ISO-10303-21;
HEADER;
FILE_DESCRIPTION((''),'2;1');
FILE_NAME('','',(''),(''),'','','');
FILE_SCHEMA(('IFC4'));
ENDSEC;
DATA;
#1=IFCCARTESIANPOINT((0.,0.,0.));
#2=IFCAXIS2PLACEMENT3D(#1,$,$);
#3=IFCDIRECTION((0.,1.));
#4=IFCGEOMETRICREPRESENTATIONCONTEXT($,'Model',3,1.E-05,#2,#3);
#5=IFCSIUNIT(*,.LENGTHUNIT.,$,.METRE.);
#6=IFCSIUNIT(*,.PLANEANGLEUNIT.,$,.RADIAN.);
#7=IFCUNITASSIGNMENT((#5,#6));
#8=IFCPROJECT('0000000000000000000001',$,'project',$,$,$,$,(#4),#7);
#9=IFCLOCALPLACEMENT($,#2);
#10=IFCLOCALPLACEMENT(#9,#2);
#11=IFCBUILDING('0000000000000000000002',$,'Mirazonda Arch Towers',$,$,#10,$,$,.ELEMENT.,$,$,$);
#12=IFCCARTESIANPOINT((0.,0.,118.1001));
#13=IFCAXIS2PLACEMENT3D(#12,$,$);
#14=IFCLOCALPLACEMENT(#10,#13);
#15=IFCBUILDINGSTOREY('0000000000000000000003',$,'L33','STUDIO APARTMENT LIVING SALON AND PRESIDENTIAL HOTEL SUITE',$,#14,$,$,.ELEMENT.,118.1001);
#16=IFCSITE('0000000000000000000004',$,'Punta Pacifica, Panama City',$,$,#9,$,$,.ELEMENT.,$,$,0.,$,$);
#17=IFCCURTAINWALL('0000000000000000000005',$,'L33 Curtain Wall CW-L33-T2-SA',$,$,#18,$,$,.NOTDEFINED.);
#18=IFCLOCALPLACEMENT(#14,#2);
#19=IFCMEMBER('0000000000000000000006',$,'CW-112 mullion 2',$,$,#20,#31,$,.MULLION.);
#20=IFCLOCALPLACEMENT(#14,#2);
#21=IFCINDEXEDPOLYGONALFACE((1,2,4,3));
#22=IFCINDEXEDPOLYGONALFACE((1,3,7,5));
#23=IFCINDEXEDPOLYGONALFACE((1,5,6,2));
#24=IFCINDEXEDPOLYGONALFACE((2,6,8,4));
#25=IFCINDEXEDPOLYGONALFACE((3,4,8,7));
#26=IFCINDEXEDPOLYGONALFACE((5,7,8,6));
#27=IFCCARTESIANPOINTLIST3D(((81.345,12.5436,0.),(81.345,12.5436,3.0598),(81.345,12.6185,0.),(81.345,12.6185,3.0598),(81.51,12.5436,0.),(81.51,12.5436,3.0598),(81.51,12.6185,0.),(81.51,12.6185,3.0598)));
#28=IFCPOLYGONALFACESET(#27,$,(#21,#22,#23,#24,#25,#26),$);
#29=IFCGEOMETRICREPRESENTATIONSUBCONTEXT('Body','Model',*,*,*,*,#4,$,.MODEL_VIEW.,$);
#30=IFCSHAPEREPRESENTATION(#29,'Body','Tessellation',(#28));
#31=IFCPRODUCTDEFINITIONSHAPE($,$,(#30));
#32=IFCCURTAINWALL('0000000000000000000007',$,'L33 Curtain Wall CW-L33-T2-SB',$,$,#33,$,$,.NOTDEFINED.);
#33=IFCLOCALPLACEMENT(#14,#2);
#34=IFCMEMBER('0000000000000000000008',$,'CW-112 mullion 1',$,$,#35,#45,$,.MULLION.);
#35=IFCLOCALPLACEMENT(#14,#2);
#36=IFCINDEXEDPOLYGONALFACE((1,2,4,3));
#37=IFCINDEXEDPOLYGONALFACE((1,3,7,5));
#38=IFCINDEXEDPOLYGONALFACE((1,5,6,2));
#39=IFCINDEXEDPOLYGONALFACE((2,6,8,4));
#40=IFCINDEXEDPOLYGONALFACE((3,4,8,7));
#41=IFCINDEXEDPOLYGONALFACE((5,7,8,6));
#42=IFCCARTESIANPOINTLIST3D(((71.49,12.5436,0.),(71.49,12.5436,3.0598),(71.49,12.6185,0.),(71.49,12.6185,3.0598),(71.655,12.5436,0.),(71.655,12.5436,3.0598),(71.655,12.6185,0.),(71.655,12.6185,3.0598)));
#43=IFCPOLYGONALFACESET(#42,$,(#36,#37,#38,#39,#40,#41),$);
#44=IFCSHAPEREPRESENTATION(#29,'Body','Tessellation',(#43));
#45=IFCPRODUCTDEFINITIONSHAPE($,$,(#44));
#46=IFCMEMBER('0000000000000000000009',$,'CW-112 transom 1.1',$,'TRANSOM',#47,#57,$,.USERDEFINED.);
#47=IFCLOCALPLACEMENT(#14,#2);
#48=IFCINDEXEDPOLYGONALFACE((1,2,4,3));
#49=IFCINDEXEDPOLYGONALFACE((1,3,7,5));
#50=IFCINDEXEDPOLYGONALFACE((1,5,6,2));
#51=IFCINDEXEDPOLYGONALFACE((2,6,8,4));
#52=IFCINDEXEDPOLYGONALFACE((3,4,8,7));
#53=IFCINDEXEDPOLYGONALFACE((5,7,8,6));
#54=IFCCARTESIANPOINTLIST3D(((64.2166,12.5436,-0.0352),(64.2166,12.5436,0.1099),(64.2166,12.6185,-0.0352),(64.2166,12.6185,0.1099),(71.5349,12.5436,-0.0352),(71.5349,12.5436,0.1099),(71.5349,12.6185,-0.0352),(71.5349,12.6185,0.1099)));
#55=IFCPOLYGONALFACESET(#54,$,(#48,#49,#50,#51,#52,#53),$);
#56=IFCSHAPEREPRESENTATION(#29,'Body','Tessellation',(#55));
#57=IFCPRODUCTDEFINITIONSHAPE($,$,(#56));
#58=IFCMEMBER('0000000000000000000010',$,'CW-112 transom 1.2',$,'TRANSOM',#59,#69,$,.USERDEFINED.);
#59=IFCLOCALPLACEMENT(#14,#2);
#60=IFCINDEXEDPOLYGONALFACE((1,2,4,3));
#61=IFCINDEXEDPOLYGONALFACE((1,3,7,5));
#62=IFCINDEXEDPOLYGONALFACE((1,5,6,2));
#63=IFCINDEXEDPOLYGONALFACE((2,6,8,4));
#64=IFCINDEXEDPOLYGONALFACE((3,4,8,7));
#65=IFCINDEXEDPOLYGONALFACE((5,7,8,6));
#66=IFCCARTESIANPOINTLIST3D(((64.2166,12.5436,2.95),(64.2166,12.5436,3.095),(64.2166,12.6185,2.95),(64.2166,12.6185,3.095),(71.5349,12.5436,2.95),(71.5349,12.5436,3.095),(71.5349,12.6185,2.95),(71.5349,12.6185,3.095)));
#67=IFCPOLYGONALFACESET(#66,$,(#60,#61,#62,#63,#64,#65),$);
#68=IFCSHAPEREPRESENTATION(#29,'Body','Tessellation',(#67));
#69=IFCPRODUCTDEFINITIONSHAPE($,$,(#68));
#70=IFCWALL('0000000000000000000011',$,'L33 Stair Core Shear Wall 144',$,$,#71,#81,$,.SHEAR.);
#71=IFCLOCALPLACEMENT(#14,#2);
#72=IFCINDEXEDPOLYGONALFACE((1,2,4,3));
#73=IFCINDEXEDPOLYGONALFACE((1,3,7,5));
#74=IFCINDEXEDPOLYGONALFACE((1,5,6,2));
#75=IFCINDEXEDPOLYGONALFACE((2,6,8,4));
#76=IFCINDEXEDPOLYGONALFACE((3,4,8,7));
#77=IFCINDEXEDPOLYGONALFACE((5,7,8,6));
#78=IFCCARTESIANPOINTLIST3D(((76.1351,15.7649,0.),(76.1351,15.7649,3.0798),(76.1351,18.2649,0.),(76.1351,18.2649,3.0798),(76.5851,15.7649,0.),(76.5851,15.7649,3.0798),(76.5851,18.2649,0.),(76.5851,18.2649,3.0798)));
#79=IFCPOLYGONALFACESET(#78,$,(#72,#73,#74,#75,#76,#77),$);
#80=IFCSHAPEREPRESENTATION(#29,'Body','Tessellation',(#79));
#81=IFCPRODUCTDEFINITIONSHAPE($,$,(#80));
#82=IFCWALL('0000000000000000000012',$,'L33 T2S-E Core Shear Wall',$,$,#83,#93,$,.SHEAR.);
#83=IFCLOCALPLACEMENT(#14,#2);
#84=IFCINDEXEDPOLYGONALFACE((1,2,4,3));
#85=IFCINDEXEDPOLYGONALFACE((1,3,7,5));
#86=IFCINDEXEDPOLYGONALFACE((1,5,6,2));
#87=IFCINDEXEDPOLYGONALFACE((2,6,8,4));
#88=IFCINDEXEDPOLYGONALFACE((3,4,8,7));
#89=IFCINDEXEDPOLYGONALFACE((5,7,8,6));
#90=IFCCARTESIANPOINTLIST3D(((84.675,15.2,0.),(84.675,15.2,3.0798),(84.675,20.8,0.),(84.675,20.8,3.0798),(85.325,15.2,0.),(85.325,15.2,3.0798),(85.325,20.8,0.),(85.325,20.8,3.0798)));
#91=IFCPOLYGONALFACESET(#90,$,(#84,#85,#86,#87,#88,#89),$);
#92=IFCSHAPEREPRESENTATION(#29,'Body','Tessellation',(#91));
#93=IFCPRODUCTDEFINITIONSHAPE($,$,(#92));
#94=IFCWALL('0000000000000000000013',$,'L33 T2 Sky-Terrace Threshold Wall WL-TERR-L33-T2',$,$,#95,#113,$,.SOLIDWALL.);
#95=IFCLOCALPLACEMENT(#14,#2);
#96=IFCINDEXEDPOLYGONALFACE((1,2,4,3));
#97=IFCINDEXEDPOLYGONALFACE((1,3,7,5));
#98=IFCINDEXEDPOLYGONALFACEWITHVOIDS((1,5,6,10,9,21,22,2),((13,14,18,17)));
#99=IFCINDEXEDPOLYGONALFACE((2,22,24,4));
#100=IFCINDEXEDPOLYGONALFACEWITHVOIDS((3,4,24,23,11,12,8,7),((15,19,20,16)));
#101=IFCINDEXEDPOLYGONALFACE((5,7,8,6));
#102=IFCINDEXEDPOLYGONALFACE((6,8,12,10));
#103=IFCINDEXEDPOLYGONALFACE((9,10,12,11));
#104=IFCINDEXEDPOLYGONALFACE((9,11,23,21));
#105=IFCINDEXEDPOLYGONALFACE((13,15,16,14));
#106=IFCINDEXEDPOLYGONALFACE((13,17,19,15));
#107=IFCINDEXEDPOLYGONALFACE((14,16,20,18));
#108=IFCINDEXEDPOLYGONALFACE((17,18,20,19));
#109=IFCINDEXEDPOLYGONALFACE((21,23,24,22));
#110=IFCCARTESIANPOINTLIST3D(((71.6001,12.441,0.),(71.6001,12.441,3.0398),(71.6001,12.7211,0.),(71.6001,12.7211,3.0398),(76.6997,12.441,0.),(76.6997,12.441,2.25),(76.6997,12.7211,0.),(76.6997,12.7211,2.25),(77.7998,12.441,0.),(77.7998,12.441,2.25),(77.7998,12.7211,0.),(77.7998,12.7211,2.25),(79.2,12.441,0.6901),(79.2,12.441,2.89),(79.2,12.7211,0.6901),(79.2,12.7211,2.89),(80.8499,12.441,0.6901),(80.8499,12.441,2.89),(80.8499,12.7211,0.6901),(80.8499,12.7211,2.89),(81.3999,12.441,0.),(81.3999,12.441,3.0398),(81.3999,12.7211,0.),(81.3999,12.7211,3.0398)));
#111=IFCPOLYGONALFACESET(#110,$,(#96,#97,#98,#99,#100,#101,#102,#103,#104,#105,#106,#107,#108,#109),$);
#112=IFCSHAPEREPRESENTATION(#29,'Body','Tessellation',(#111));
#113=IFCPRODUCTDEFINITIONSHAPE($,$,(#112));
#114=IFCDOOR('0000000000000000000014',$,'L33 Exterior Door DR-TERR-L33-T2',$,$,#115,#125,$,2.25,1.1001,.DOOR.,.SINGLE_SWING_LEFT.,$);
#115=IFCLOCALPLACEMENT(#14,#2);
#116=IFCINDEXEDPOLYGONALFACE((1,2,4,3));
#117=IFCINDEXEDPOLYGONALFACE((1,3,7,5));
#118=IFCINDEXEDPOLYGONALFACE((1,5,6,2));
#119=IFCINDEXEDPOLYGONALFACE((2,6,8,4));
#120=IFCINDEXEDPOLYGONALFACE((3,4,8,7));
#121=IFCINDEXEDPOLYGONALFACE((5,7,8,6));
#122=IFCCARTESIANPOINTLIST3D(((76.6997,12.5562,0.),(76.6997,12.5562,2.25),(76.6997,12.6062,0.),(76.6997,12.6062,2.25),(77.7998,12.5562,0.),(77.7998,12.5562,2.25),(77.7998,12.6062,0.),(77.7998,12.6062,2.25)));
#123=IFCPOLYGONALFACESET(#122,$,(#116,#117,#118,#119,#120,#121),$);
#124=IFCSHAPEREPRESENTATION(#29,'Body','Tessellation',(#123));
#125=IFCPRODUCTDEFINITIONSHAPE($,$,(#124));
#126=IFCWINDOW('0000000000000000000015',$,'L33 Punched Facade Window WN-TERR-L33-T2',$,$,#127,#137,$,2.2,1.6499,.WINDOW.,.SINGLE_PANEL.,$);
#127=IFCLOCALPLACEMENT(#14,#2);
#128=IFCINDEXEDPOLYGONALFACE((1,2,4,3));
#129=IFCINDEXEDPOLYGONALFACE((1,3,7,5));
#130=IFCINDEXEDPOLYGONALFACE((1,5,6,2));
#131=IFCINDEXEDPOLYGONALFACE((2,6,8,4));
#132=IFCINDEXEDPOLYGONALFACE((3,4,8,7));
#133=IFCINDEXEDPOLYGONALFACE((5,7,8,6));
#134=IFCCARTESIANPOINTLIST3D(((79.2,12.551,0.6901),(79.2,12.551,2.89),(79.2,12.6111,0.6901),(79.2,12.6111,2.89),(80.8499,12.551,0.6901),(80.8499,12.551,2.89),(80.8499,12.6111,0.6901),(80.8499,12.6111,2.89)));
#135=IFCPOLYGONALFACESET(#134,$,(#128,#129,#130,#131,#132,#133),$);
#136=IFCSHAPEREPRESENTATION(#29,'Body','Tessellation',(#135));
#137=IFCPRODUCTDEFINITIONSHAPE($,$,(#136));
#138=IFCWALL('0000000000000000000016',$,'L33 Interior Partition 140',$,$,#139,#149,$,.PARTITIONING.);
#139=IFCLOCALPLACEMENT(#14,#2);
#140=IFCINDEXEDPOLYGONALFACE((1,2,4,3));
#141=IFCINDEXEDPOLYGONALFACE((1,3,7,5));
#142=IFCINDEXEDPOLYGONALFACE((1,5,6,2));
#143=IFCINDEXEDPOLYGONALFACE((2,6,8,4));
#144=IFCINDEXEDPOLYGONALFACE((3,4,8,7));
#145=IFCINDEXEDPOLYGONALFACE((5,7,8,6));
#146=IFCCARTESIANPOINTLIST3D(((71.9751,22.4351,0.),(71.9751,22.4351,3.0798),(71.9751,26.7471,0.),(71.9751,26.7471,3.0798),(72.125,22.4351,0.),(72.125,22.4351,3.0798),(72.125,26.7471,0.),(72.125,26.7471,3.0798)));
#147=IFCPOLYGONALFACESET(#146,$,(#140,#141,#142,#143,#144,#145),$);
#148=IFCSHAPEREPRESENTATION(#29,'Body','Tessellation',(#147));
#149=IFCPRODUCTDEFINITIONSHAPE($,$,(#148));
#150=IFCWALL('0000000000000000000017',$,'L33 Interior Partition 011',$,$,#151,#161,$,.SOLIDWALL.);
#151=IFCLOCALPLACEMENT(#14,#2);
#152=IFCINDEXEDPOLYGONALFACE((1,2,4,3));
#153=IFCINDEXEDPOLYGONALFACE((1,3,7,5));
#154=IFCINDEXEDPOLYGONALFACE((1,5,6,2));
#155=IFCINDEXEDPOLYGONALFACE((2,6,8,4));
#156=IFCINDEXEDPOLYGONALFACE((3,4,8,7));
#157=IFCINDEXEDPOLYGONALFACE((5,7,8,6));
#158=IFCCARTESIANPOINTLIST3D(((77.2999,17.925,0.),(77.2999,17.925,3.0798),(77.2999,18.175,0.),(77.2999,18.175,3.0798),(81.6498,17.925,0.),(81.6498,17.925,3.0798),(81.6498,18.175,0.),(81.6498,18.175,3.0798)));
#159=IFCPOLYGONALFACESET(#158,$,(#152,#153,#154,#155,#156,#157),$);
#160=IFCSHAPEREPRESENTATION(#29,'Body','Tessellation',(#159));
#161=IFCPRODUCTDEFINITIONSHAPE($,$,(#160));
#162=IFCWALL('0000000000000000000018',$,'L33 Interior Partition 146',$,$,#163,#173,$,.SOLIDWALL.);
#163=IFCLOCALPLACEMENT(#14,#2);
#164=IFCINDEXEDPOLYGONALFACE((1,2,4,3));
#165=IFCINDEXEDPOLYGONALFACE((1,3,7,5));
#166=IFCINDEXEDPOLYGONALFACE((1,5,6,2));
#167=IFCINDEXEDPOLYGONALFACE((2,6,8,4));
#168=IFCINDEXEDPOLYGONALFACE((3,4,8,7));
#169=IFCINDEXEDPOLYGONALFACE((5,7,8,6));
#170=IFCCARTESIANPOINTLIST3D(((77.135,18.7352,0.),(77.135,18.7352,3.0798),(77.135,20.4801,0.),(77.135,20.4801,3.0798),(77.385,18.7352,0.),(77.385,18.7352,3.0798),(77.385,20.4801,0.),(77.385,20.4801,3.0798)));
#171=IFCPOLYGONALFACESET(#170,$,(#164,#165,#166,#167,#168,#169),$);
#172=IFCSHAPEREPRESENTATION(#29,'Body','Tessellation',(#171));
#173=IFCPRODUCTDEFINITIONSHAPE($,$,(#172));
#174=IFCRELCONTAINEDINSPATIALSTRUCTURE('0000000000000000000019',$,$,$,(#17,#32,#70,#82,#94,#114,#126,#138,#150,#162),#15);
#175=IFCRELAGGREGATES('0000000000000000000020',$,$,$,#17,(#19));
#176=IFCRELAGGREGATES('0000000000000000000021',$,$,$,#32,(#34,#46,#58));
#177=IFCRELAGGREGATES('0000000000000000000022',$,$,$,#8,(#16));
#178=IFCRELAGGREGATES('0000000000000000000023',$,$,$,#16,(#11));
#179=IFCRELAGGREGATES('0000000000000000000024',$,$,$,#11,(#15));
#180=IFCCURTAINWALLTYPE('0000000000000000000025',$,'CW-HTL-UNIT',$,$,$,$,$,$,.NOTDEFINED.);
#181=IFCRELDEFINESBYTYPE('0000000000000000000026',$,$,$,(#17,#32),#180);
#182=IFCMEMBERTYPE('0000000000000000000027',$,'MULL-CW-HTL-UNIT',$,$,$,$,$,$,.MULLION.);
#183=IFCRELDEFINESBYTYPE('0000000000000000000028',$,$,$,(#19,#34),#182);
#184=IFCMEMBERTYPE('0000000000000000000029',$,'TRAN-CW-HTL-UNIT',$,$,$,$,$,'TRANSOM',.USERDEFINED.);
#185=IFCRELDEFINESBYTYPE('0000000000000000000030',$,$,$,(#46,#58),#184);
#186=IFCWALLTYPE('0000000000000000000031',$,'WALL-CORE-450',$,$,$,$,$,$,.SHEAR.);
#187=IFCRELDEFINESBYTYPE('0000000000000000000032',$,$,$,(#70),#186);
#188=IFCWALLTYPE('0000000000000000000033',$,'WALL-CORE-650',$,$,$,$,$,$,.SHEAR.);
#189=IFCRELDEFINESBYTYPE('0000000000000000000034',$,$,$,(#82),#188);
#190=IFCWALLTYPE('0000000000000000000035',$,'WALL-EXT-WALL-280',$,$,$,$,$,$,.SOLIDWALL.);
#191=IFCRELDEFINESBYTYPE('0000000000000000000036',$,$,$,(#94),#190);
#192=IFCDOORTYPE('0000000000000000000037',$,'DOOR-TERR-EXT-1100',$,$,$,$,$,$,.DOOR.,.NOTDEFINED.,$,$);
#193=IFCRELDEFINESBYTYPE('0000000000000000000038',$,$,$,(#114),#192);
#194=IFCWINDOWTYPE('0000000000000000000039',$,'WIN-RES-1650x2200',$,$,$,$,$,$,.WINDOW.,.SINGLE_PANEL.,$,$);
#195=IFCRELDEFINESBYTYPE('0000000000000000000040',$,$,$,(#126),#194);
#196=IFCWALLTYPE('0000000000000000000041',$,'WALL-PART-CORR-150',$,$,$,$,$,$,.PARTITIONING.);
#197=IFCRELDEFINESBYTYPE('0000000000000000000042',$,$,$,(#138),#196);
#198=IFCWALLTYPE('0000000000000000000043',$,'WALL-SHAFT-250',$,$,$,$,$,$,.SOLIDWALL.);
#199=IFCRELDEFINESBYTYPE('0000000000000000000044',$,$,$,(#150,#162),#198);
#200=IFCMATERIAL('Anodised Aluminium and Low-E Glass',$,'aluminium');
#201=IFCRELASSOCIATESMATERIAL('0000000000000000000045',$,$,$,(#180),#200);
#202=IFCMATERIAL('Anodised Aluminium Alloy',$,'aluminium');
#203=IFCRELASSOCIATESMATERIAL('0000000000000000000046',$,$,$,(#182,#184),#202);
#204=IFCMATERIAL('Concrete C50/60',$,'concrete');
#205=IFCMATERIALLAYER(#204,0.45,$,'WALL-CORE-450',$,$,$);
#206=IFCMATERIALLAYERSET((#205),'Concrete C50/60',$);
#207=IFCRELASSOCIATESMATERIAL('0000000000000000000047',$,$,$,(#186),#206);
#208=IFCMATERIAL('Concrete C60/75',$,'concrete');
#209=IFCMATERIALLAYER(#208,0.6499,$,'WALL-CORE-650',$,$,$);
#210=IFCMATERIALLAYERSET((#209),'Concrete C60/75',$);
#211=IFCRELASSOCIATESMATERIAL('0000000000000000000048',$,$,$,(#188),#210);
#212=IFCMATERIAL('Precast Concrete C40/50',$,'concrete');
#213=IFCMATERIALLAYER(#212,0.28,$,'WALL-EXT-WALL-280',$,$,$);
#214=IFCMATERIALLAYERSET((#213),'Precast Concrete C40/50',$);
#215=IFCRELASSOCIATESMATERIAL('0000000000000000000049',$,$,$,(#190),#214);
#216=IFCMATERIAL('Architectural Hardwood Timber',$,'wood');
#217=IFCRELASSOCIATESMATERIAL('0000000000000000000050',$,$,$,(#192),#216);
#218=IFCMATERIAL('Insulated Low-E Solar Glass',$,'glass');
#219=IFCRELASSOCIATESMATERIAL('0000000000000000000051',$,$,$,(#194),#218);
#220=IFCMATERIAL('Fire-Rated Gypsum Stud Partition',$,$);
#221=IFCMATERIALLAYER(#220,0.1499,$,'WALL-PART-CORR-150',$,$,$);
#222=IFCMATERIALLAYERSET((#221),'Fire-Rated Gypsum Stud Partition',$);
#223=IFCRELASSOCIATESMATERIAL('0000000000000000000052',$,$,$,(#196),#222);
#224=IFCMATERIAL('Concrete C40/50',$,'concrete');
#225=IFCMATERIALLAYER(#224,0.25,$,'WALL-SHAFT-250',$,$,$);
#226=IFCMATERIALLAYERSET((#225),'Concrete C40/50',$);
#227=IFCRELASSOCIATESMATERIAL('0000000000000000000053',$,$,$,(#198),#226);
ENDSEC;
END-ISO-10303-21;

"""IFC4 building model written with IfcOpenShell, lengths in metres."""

from ifc_helpers import new_model, si_unit, direction, frame, frame_2d, origin, origin_2d, place, context, subcontext, project, spatial, rectangle, extrude, material, layer, layer_set, material_profile, profile_set, type_object, element, fill, aggregate, save


model = new_model("IFC4")

# Units and contexts
model_context = context("Model", 3, precision=1e-05, world=origin(), true_north=direction((0.0, 1.0)))
body_context = subcontext(model_context, "Body", "Model", "MODEL_VIEW")
ifc_project = project(units=[si_unit("LENGTHUNIT", "METRE"), si_unit("PLANEANGLEUNIT", "RADIAN")], contexts=[model_context])

# Site, building, storey
site_placement = place(None, origin())
site = spatial("IfcSite", under=ifc_project, at=site_placement, Name="Punta Pacifica, Panama City", CompositionType="ELEMENT", RefElevation=0.0)
building_placement = place(site_placement, origin())
building = spatial("IfcBuilding", under=site, at=building_placement, Name="Mirazonda Arch Towers", CompositionType="ELEMENT")
storey_placement = place(building_placement, frame((0.0, 0.0, 118.1001)))
storey = spatial("IfcBuildingStorey", under=building, at=storey_placement, Name="L33", Description="STUDIO APARTMENT LIVING SALON AND PRESIDENTIAL HOTEL SUITE", CompositionType="ELEMENT", Elevation=118.1001)

# Shared definitions
ifc_material_1 = material(Name="Concrete C50/60", Category="concrete")

# Shared definitions
ifc_material_2 = material(Name="Concrete C60/75", Category="concrete")

# Curtain wall, member
ifc_material_3 = material(Name="Anodised Aluminium and Low-E Glass", Category="aluminium")
curtain_wall_type = type_object("IfcCurtainWallType", Name="CW-HTL-UNIT", PredefinedType="NOTDEFINED", material=ifc_material_3)
curtain_wall_1_placement = place(storey_placement, origin())
curtain_wall_1 = element("IfcCurtainWall", 1, at=curtain_wall_1_placement, inside=storey, type_object=curtain_wall_type, Name="L33 Curtain Wall CW-L33-T2-SA", PredefinedType="NOTDEFINED")
ifc_material_4 = material(Name="Anodised Aluminium Alloy", Category="aluminium")
ifc_material_profile_1 = material_profile(ifc_material_4, rectangle(XDim=0.075, YDim=0.165, at=origin_2d()), Name="ALU-MULL-75x165")
ifc_profile_set_1 = profile_set([ifc_material_profile_1], Name="Anodised Aluminium Alloy")
member_type_1 = type_object("IfcMemberType", Name="MULL-CW-HTL-UNIT", PredefinedType="MULLION", material=ifc_profile_set_1)
member_1_placement = place(storey_placement, frame((81.4275, 12.5811, 0.0), z_axis=(0.0, 0.0, 1.0), x_axis=(0.0, -1.0, 0.0)))
member_1 = element("IfcMember", 2, at=member_1_placement, type_object=member_type_1, Name="CW-112 mullion 2", PredefinedType="MULLION", context=body_context, shape_type="SweptSolid", body=[
    extrude(rectangle(XDim=0.075, YDim=0.165, at=origin_2d()), origin(), (0.0, 0.0, 1.0), 3.0598),
])
aggregate(curtain_wall_1, [member_1])

# Curtain wall, members
curtain_wall_2_placement = place(storey_placement, origin())
curtain_wall_2 = element("IfcCurtainWall", 3, at=curtain_wall_2_placement, inside=storey, type_object=curtain_wall_type, Name="L33 Curtain Wall CW-L33-T2-SB", PredefinedType="NOTDEFINED")
member_2_placement = place(storey_placement, frame((71.5725, 12.5811, 0.0), z_axis=(0.0, 0.0, 1.0), x_axis=(0.0, -1.0, 0.0)))
member_2 = element("IfcMember", 4, at=member_2_placement, type_object=member_type_1, Name="CW-112 mullion 1", PredefinedType="MULLION", context=body_context, shape_type="SweptSolid", body=[
    extrude(rectangle(XDim=0.075, YDim=0.165, at=origin_2d()), origin(), (0.0, 0.0, 1.0), 3.0598),
])
ifc_material_profile_2 = material_profile(ifc_material_4, rectangle(XDim=0.075, YDim=0.145, at=origin_2d()), Name="ALU-TRAN-75x145")
ifc_profile_set_2 = profile_set([ifc_material_profile_2], Name="Anodised Aluminium Alloy")
member_type_2 = type_object("IfcMemberType", Name="TRAN-CW-HTL-UNIT", ElementType="TRANSOM", PredefinedType="USERDEFINED", material=ifc_profile_set_2)
member_3_placement = place(storey_placement, frame((71.5349, 12.5811, 0.0374), z_axis=(-1.0, 0.0, 0.0), x_axis=(0.0, -1.0, 0.0)))
member_3 = element("IfcMember", 5, at=member_3_placement, type_object=member_type_2, Name="CW-112 transom 1.1", ObjectType="TRANSOM", PredefinedType="USERDEFINED", context=body_context, shape_type="SweptSolid", body=[
    extrude(rectangle(XDim=0.075, YDim=0.145, at=origin_2d()), origin(), (0.0, 0.0, 1.0), 7.3184),
])
member_4_placement = place(storey_placement, frame((71.5349, 12.5811, 3.0225), z_axis=(-1.0, 0.0, 0.0), x_axis=(0.0, -1.0, 0.0)))
member_4 = element("IfcMember", 6, at=member_4_placement, type_object=member_type_2, Name="CW-112 transom 1.2", ObjectType="TRANSOM", PredefinedType="USERDEFINED", context=body_context, shape_type="SweptSolid", body=[
    extrude(rectangle(XDim=0.075, YDim=0.145, at=origin_2d()), origin(), (0.0, 0.0, 1.0), 7.3184),
])
aggregate(curtain_wall_2, [member_2, member_3, member_4])

# Walls
ifc_layer_1 = layer(ifc_material_1, 0.45, Name="WALL-CORE-450")
ifc_layer_set_1 = layer_set([ifc_layer_1], Name="Concrete C50/60")
wall_type_1 = type_object("IfcWallType", Name="WALL-CORE-450", PredefinedType="SHEAR", material=ifc_layer_set_1)
wall_1_placement = place(storey_placement, frame((76.3601, 15.7649, 0.0), z_axis=(0.0, 0.0, 1.0), x_axis=(0.0, 1.0, 0.0)))
element("IfcWall", 7, at=wall_1_placement, inside=storey, type_object=wall_type_1, Name="L33 Stair Core Shear Wall 144", PredefinedType="SHEAR", context=body_context, shape_type="SweptSolid", body=[
    extrude(rectangle(XDim=2.5, YDim=0.45, at=frame_2d((1.25, 0.0))), origin(), (0.0, 0.0, 1.0), 3.0798),
])
ifc_layer_2 = layer(ifc_material_2, 0.6499, Name="WALL-CORE-650")
ifc_layer_set_2 = layer_set([ifc_layer_2], Name="Concrete C60/75")
wall_type_2 = type_object("IfcWallType", Name="WALL-CORE-650", PredefinedType="SHEAR", material=ifc_layer_set_2)
wall_2_placement = place(storey_placement, frame((85.0, 15.2, 0.0), z_axis=(0.0, 0.0, 1.0), x_axis=(0.0, 1.0, 0.0)))
element("IfcWall", 8, at=wall_2_placement, inside=storey, type_object=wall_type_2, Name="L33 T2S-E Core Shear Wall", PredefinedType="SHEAR", context=body_context, shape_type="SweptSolid", body=[
    extrude(rectangle(XDim=5.6001, YDim=0.6499, at=frame_2d((2.8, 0.0))), origin(), (0.0, 0.0, 1.0), 3.0798),
])

# Wall, openings, door, window
ifc_material_5 = material(Name="Precast Concrete C40/50", Category="concrete")
ifc_layer_3 = layer(ifc_material_5, 0.28, Name="WALL-EXT-WALL-280")
ifc_layer_set_3 = layer_set([ifc_layer_3], Name="Precast Concrete C40/50")
wall_type_3 = type_object("IfcWallType", Name="WALL-EXT-WALL-280", PredefinedType="SOLIDWALL", material=ifc_layer_set_3)
wall_3_placement = place(storey_placement, frame((81.3999, 12.5811, 0.0), z_axis=(0.0, 0.0, 1.0), x_axis=(-1.0, 0.0, 0.0)))
wall_3 = element("IfcWall", 9, at=wall_3_placement, inside=storey, type_object=wall_type_3, Name="L33 T2 Sky-Terrace Threshold Wall WL-TERR-L33-T2", PredefinedType="SOLIDWALL", context=body_context, shape_type="SweptSolid", body=[
    extrude(rectangle(XDim=9.7998, YDim=0.28, at=frame_2d((4.8999, 0.0))), origin(), (0.0, 0.0, 1.0), 3.0398),
])
opening_1_placement = place(wall_3_placement, frame((0.55, 0.0, 0.6899)))
opening_1 = element("IfcOpeningElement", 10, at=opening_1_placement, cuts=wall_3, PredefinedType="OPENING", context=body_context, shape_type="SweptSolid", body=[
    extrude(rectangle(XDim=1.6499, YDim=2.2, at=frame_2d((0.825, 1.1001))), frame((0.0, 0.1499, 0.0), z_axis=(0.0, -1.0, 0.0), x_axis=(1.0, 0.0, 0.0)), (0.0, 0.0, 1.0), 0.3),
])
opening_2_placement = place(wall_3_placement, frame((3.6001, 0.0, 0.0)))
opening_2 = element("IfcOpeningElement", 11, at=opening_2_placement, cuts=wall_3, PredefinedType="OPENING", context=body_context, shape_type="SweptSolid", body=[
    extrude(rectangle(XDim=1.1001, YDim=2.25, at=frame_2d((0.55, 1.125))), frame((0.0, 0.1499, 0.0), z_axis=(0.0, -1.0, 0.0), x_axis=(1.0, 0.0, 0.0)), (0.0, 0.0, 1.0), 0.3),
])
ifc_material_6 = material(Name="Architectural Hardwood Timber", Category="wood")
door_type = type_object("IfcDoorType", Name="DOOR-TERR-EXT-1100", OperationType="NOTDEFINED", PredefinedType="DOOR", material=ifc_material_6)
door_placement = place(opening_2_placement, origin())
door = element("IfcDoor", 12, at=door_placement, inside=storey, type_object=door_type, Name="L33 Exterior Door DR-TERR-L33-T2", OperationType="SINGLE_SWING_LEFT", OverallHeight=2.25, OverallWidth=1.1001, PredefinedType="DOOR", context=body_context, shape_type="SweptSolid", body=[
    extrude(rectangle(XDim=1.1001, YDim=2.25, at=frame_2d((0.55, 1.125))), frame((0.0, 0.0249, 0.0), z_axis=(0.0, -1.0, 0.0), x_axis=(1.0, 0.0, 0.0)), (0.0, 0.0, 1.0), 0.05),
])
fill(opening_2, door)
ifc_material_7 = material(Name="Insulated Low-E Solar Glass", Category="glass")
window_type = type_object("IfcWindowType", Name="WIN-RES-1650x2200", PartitioningType="SINGLE_PANEL", PredefinedType="WINDOW", material=ifc_material_7)
window_placement = place(opening_1_placement, origin())
window = element("IfcWindow", 13, at=window_placement, inside=storey, type_object=window_type, Name="L33 Punched Facade Window WN-TERR-L33-T2", OverallHeight=2.2, OverallWidth=1.6499, PartitioningType="SINGLE_PANEL", PredefinedType="WINDOW", context=body_context, shape_type="SweptSolid", body=[
    extrude(rectangle(XDim=1.6499, YDim=2.2, at=frame_2d((0.825, 1.1001))), frame((0.0, 0.03, 0.0), z_axis=(0.0, -1.0, 0.0), x_axis=(1.0, 0.0, 0.0)), (0.0, 0.0, 1.0), 0.0601),
])
fill(opening_1, window)

# Walls
ifc_material_8 = material(Name="Fire-Rated Gypsum Stud Partition")
ifc_layer_4 = layer(ifc_material_8, 0.1499, Name="WALL-PART-CORR-150")
ifc_layer_set_4 = layer_set([ifc_layer_4], Name="Fire-Rated Gypsum Stud Partition")
wall_type_4 = type_object("IfcWallType", Name="WALL-PART-CORR-150", PredefinedType="PARTITIONING", material=ifc_layer_set_4)
wall_4_placement = place(storey_placement, frame((72.05, 22.4351, 0.0), z_axis=(0.0, 0.0, 1.0), x_axis=(0.0, 1.0, 0.0)))
element("IfcWall", 14, at=wall_4_placement, inside=storey, type_object=wall_type_4, Name="L33 Interior Partition 140", PredefinedType="PARTITIONING", context=body_context, shape_type="SweptSolid", body=[
    extrude(rectangle(XDim=4.312, YDim=0.1499, at=frame_2d((2.156, 0.0))), origin(), (0.0, 0.0, 1.0), 3.0798),
])
ifc_material_9 = material(Name="Concrete C40/50", Category="concrete")
ifc_layer_5 = layer(ifc_material_9, 0.25, Name="WALL-SHAFT-250")
ifc_layer_set_5 = layer_set([ifc_layer_5], Name="Concrete C40/50")
wall_type_5 = type_object("IfcWallType", Name="WALL-SHAFT-250", PredefinedType="SOLIDWALL", material=ifc_layer_set_5)
wall_5_placement = place(storey_placement, frame((77.3, 18.05, 0.0), z_axis=(0.0, 0.0, 1.0), x_axis=(1.0, 0.0, 0.0)))
element("IfcWall", 15, at=wall_5_placement, inside=storey, type_object=wall_type_5, Name="L33 Interior Partition 011", PredefinedType="SOLIDWALL", context=body_context, shape_type="SweptSolid", body=[
    extrude(rectangle(XDim=4.3499, YDim=0.25, at=frame_2d((2.1748, 0.0))), origin(), (0.0, 0.0, 1.0), 3.0798),
])
wall_6_placement = place(storey_placement, frame((77.26, 18.7351, 0.0), z_axis=(0.0, 0.0, 1.0), x_axis=(0.0, 1.0, 0.0)))
element("IfcWall", 16, at=wall_6_placement, inside=storey, type_object=wall_type_5, Name="L33 Interior Partition 146", PredefinedType="SOLIDWALL", context=body_context, shape_type="SweptSolid", body=[
    extrude(rectangle(XDim=1.7449, YDim=0.25, at=frame_2d((0.8726, 0.0))), origin(), (0.0, 0.0, 1.0), 3.0798),
])

save(model, "model.ifc")
